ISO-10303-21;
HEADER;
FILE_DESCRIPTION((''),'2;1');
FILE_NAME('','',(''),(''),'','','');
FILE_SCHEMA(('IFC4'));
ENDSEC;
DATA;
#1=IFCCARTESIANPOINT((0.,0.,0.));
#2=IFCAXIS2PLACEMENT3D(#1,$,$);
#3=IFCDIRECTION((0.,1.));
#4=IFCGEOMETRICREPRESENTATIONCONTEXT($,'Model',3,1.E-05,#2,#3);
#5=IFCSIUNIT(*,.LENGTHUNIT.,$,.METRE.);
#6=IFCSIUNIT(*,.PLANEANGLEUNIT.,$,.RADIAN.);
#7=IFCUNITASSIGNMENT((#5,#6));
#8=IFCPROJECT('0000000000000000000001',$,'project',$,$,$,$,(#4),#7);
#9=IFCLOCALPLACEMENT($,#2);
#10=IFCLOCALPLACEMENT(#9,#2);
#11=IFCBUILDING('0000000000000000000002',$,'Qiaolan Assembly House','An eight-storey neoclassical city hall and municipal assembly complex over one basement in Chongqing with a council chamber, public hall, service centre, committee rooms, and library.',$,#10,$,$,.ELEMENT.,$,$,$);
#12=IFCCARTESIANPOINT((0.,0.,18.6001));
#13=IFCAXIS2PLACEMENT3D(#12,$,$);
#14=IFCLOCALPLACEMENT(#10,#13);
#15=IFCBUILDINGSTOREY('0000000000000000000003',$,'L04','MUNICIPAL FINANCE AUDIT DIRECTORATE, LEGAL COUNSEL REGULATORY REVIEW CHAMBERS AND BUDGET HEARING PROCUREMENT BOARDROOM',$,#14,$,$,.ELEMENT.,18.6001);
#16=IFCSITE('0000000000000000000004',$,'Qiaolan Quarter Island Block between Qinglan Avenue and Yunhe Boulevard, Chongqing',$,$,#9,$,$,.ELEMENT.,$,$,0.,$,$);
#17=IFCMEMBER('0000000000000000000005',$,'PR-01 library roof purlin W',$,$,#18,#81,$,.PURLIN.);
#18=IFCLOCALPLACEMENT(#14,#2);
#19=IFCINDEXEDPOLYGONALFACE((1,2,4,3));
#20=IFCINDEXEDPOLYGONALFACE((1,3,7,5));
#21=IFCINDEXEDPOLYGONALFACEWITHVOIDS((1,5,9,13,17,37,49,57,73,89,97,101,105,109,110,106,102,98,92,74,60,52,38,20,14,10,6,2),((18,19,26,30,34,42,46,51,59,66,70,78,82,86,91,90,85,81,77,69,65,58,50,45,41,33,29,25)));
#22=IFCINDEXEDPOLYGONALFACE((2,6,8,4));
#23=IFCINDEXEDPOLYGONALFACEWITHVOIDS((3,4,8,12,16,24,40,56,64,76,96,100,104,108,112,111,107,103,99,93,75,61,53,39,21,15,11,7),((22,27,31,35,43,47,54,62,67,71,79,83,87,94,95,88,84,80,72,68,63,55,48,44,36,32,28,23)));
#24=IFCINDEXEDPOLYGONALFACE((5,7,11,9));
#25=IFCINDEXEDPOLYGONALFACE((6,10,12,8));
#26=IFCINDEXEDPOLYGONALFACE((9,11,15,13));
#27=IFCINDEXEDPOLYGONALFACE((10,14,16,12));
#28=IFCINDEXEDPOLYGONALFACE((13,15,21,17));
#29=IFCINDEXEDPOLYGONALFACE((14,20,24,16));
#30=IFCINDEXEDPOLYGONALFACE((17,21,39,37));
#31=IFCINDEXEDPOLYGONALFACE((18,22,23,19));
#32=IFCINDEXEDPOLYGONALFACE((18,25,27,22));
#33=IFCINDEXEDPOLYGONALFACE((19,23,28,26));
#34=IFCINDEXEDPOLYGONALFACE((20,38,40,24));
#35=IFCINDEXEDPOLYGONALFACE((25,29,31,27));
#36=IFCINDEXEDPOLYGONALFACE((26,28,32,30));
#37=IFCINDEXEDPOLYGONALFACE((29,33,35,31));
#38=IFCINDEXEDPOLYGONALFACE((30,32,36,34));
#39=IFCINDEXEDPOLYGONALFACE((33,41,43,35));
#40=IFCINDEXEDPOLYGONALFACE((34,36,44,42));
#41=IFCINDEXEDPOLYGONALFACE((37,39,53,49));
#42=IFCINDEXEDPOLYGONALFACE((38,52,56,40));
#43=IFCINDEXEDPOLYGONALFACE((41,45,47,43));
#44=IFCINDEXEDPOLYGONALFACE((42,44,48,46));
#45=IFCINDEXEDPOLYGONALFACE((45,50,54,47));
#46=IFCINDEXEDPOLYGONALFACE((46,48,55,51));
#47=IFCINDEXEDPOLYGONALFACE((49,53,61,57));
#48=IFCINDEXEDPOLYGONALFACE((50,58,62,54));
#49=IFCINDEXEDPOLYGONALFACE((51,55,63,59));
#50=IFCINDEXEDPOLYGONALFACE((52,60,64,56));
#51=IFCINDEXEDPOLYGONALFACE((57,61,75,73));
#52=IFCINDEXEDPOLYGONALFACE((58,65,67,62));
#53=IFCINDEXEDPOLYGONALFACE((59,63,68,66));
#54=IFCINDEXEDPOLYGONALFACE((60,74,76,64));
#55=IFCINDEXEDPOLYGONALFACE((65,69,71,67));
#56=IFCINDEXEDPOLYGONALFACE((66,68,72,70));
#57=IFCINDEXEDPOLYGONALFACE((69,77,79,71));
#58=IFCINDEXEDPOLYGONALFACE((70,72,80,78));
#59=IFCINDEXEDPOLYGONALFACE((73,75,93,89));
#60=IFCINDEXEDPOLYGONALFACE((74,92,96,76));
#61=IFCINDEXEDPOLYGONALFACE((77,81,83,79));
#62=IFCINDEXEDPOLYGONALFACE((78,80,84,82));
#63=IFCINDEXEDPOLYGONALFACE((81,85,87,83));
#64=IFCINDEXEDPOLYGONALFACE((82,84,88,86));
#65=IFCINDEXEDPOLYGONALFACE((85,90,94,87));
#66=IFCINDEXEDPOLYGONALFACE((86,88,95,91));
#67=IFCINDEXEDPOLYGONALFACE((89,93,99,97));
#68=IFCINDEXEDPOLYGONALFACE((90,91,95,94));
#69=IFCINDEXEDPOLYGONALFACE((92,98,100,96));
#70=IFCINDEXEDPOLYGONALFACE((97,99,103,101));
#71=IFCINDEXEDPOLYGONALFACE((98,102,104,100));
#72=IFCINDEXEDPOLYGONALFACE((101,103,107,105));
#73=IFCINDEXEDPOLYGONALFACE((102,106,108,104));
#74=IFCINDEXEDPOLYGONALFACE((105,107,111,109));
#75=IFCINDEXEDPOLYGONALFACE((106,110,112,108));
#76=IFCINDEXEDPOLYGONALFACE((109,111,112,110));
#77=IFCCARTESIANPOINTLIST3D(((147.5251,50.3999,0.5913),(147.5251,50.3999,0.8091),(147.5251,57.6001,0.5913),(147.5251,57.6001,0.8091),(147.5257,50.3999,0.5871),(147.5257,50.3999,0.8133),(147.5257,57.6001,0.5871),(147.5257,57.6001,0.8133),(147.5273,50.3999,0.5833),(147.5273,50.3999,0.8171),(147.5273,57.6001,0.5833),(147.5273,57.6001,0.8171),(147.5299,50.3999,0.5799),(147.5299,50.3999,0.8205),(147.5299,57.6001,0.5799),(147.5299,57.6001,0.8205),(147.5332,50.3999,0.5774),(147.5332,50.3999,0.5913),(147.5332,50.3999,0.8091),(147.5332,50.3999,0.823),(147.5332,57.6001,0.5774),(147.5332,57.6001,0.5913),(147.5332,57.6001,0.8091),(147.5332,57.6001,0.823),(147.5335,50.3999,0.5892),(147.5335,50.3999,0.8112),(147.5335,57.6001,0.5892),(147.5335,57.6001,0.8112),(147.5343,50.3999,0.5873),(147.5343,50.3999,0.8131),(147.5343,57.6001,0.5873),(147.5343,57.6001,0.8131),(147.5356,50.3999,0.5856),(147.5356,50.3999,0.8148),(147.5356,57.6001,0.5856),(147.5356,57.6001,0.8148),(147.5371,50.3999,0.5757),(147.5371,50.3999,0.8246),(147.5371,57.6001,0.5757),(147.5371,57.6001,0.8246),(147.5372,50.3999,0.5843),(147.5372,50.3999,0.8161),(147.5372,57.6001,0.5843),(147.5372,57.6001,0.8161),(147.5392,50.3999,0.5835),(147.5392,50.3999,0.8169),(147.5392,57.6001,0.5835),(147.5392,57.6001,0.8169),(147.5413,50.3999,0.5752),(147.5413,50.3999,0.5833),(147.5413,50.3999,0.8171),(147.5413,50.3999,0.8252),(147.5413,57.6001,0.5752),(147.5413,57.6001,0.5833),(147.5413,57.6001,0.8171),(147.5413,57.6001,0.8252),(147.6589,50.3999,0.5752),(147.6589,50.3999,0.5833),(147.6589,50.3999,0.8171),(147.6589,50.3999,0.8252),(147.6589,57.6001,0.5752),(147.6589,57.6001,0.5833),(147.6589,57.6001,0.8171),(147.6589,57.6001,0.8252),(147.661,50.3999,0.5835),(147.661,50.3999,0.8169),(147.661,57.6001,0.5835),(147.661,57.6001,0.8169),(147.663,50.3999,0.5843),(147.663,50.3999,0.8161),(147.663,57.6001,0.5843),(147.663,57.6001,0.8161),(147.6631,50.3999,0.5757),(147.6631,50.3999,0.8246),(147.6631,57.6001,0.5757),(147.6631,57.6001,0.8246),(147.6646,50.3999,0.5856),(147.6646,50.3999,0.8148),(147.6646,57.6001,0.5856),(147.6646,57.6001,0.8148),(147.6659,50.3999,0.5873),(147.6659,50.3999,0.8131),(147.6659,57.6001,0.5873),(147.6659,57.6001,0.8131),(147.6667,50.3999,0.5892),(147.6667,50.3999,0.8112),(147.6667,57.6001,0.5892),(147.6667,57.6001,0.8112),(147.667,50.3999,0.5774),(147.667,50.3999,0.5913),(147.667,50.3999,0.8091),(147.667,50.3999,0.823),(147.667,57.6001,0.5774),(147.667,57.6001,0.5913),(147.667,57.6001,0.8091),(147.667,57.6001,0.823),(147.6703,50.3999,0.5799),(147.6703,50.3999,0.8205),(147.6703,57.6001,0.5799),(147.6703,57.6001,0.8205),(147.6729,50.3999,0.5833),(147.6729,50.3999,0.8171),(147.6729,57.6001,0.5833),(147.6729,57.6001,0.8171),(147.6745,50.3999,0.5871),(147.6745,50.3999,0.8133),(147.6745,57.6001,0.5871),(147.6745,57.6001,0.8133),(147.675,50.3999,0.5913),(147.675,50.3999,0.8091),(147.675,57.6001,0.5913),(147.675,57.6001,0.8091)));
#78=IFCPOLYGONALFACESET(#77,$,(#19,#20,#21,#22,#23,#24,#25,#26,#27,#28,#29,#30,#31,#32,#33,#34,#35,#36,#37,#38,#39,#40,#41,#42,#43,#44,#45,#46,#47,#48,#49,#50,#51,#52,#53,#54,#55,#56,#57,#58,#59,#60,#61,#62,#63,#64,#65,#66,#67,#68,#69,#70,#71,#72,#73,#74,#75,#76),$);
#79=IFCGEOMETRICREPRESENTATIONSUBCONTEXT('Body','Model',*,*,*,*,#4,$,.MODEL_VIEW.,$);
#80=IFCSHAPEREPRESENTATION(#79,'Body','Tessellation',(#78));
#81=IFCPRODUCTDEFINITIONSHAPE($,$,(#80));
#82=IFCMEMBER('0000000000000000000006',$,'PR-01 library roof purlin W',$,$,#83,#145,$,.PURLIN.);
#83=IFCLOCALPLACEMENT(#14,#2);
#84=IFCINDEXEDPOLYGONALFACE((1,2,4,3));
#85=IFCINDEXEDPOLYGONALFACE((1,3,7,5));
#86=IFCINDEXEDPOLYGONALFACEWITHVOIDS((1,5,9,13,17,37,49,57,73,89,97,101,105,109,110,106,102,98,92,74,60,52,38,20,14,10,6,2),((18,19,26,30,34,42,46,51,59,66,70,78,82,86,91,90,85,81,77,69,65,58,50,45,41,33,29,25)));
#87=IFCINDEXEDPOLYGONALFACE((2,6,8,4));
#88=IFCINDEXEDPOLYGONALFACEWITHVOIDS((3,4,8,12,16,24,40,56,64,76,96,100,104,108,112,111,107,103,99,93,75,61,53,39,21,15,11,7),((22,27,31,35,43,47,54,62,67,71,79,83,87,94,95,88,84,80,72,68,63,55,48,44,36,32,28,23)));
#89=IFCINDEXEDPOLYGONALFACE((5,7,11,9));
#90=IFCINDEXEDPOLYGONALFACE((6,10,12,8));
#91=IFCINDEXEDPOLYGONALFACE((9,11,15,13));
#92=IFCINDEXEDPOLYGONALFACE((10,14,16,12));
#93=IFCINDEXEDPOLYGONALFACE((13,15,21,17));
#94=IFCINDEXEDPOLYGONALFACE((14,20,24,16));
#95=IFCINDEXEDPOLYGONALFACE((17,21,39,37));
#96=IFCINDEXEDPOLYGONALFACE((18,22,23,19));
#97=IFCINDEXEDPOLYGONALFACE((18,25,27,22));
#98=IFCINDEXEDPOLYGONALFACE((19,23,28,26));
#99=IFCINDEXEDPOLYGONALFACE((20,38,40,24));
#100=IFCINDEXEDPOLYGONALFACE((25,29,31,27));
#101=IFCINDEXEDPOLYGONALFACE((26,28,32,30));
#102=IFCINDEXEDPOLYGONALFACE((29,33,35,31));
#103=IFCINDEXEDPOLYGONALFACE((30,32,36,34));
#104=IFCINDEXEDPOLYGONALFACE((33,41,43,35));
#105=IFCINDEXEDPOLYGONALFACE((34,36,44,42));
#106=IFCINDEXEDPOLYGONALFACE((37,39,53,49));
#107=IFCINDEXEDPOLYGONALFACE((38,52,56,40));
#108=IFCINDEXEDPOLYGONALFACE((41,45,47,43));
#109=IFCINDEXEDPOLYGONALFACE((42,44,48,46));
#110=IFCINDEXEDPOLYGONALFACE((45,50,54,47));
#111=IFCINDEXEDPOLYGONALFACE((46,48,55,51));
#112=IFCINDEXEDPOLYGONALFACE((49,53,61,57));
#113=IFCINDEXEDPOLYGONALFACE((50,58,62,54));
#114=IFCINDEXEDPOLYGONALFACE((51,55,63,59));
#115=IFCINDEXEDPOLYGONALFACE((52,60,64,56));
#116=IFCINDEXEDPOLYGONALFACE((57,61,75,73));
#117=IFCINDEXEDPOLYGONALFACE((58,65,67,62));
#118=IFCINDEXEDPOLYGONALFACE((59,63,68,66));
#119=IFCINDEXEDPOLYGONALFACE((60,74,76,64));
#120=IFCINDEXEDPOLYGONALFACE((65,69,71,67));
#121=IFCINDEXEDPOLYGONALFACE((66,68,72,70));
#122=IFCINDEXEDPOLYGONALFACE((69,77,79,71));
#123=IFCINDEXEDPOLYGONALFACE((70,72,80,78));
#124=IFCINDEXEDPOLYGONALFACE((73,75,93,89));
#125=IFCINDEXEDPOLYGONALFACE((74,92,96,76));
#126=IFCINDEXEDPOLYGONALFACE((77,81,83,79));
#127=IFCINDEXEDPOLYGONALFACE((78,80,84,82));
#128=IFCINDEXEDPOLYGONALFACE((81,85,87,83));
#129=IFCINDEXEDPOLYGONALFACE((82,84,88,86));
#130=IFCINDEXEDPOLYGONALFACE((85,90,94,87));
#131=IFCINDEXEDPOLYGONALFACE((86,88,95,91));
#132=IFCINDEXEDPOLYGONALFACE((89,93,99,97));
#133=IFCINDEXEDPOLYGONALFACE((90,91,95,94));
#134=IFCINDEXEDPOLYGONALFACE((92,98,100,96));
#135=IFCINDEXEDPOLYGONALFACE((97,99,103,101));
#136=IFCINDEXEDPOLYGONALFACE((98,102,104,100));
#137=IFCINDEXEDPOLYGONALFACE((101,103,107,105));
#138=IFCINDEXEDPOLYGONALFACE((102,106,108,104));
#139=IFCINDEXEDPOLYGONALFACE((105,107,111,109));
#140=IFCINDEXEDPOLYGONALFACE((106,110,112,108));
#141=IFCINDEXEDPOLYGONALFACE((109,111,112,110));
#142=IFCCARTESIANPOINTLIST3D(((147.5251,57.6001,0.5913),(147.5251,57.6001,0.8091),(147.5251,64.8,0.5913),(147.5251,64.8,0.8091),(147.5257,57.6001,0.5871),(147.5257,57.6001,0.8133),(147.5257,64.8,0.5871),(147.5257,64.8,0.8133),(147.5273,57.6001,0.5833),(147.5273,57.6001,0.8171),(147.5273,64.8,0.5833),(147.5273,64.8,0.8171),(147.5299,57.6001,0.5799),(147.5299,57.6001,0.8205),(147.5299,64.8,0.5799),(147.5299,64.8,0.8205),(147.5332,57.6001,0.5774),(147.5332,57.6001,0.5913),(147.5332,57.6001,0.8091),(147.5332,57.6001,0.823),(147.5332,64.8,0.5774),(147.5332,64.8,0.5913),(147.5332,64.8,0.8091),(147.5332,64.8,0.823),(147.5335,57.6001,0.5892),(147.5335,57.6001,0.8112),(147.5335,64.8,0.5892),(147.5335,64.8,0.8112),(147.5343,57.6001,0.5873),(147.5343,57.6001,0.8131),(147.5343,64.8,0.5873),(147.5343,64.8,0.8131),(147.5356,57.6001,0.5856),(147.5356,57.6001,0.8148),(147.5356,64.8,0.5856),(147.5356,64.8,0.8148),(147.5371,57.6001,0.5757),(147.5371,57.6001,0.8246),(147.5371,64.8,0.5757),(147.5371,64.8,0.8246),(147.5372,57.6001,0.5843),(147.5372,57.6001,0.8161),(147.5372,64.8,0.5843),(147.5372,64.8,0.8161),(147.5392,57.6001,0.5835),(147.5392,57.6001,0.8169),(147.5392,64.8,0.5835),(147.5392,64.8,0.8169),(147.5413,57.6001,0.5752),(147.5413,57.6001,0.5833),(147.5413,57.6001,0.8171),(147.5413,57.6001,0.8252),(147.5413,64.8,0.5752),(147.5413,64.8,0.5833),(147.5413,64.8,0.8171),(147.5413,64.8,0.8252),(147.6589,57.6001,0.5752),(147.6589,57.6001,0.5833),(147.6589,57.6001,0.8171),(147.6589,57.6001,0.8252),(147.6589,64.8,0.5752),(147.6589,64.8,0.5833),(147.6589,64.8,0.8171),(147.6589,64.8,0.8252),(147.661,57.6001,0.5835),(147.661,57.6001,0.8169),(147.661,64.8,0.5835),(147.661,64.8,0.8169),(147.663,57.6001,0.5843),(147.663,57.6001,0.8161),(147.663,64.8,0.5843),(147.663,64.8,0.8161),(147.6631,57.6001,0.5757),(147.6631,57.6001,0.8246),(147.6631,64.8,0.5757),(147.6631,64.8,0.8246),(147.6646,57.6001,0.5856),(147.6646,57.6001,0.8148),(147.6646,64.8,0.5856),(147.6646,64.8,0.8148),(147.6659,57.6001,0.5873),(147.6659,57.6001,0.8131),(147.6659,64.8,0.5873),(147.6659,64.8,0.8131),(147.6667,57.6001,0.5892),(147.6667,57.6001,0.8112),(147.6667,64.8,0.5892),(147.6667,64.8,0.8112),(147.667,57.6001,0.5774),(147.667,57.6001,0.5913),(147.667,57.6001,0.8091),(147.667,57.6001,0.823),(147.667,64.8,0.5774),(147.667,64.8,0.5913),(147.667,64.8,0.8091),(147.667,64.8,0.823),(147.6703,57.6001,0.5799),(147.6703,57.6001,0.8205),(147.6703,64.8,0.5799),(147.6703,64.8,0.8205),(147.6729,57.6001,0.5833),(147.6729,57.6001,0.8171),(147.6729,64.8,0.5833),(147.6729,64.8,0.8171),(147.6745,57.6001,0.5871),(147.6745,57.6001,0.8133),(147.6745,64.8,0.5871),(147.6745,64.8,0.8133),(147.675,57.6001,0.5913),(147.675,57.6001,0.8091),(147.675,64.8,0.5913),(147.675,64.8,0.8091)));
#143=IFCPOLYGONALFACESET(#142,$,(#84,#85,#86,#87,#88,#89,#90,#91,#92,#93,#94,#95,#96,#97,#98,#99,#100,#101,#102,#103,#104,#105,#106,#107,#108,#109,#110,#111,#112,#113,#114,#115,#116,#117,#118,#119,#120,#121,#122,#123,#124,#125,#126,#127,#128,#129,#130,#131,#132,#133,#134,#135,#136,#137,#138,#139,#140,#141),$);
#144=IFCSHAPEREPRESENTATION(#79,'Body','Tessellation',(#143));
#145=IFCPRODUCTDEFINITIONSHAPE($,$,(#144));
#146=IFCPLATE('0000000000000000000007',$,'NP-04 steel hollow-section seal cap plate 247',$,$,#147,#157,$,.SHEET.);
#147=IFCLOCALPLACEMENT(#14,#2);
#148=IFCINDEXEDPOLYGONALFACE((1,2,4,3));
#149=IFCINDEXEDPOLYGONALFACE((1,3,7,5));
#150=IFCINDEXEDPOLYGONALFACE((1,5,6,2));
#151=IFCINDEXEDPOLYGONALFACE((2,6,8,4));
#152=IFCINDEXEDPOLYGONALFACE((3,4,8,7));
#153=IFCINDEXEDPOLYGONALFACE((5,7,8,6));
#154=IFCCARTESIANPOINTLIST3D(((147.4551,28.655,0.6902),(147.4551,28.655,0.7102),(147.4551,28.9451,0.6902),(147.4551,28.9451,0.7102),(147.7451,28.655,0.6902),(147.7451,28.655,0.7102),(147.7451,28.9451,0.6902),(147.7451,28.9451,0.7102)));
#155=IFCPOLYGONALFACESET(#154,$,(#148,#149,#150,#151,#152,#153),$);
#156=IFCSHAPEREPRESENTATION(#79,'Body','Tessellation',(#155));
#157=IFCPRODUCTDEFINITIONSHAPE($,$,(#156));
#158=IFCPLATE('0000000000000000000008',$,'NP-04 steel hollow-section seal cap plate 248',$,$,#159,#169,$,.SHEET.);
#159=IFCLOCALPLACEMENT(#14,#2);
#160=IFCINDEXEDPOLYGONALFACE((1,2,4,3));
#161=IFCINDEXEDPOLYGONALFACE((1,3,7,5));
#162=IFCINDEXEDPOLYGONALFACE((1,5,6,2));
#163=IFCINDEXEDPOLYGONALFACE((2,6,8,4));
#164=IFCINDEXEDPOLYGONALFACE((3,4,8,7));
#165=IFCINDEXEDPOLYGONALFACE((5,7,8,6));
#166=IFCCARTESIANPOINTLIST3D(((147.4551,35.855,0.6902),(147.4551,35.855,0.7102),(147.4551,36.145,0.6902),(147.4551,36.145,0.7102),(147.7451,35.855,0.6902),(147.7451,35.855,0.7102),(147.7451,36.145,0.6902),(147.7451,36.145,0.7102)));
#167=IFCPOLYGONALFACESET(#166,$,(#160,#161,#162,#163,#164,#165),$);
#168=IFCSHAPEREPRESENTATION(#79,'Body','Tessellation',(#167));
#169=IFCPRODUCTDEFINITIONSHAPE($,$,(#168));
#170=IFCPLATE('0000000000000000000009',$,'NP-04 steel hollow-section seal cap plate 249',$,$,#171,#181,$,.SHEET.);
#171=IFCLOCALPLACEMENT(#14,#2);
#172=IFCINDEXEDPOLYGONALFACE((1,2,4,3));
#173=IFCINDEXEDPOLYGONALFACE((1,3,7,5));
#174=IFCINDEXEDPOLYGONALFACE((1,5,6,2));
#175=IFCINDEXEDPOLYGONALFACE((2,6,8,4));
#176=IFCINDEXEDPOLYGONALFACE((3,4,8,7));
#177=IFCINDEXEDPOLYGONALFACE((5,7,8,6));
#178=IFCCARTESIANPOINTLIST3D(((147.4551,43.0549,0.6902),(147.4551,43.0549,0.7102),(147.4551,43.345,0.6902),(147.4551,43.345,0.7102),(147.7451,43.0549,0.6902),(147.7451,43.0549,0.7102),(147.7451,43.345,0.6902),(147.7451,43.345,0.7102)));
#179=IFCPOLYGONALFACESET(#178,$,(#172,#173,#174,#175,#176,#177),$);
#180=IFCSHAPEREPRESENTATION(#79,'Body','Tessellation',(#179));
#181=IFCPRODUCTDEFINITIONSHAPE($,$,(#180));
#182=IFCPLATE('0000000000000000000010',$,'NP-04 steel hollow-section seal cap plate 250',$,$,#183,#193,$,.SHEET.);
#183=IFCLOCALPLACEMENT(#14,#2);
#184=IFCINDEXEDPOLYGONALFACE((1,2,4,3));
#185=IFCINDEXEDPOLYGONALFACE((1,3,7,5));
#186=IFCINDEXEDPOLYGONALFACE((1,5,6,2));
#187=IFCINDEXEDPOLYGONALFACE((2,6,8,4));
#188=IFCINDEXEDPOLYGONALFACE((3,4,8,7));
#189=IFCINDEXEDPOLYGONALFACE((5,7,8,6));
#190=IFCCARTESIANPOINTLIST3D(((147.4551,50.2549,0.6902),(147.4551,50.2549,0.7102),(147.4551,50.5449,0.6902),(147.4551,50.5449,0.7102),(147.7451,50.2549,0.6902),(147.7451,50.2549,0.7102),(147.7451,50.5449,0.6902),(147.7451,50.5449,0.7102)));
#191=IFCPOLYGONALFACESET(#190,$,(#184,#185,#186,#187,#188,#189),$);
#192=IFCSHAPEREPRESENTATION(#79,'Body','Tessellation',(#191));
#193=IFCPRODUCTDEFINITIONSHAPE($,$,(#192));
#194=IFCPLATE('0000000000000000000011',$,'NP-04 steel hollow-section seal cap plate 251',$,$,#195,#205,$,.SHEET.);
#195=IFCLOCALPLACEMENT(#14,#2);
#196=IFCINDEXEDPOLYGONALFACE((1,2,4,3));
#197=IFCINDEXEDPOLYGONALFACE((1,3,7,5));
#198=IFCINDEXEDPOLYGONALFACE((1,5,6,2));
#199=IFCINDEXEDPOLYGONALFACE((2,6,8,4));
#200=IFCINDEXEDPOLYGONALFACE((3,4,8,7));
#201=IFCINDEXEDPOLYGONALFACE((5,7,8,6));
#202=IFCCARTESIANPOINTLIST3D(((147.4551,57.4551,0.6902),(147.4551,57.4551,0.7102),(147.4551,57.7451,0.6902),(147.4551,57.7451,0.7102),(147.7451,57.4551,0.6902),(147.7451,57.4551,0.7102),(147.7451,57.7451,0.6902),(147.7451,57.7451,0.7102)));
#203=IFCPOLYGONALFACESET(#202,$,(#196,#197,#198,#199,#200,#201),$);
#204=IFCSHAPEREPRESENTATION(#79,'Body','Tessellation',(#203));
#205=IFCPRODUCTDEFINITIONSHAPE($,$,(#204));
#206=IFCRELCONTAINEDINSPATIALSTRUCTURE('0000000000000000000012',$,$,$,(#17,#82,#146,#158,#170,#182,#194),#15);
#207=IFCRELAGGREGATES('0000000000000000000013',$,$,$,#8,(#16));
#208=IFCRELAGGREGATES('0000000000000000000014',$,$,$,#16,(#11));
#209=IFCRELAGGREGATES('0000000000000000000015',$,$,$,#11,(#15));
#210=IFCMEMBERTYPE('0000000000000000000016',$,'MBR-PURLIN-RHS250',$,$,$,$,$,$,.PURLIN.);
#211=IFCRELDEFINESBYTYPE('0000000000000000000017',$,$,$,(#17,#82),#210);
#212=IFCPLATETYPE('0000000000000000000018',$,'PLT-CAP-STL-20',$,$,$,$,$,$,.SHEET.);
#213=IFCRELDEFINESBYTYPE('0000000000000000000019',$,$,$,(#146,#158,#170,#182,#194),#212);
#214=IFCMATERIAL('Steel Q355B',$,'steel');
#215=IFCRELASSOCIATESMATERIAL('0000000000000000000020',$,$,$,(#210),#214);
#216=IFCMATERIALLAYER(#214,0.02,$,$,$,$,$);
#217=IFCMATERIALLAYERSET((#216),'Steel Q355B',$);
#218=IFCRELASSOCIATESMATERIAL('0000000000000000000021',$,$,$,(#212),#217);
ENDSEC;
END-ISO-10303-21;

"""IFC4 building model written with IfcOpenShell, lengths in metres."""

from ifc_helpers import new_model, si_unit, direction, frame, origin, origin_2d, place, context, subcontext, project, spatial, rectangle, hollow_rectangle, extrude, material, layer, layer_set, material_profile, profile_set, type_object, element, save


model = new_model("IFC4")

# Units and contexts
model_context = context("Model", 3, precision=1e-05, world=origin(), true_north=direction((0.0, 1.0)))
body_context = subcontext(model_context, "Body", "Model", "MODEL_VIEW")
ifc_project = project(units=[si_unit("LENGTHUNIT", "METRE"), si_unit("PLANEANGLEUNIT", "RADIAN")], contexts=[model_context])

# Site, building, storey
site_placement = place(None, origin())
site = spatial("IfcSite", under=ifc_project, at=site_placement, Name="Qiaolan Quarter Island Block between Qinglan Avenue and Yunhe Boulevard, Chongqing", CompositionType="ELEMENT", RefElevation=0.0)
building_placement = place(site_placement, origin())
building = spatial("IfcBuilding", under=site, at=building_placement, Name="Qiaolan Assembly House", Description="An eight-storey neoclassical city hall and municipal assembly complex over one basement in Chongqing with a council chamber, public hall, service centre, committee rooms, and library.", CompositionType="ELEMENT")
storey_placement = place(building_placement, frame((0.0, 0.0, 18.6001)))
storey = spatial("IfcBuildingStorey", under=building, at=storey_placement, Name="L04", Description="MUNICIPAL FINANCE AUDIT DIRECTORATE, LEGAL COUNSEL REGULATORY REVIEW CHAMBERS AND BUDGET HEARING PROCUREMENT BOARDROOM", CompositionType="ELEMENT", Elevation=18.6001)

# Shared definitions
ifc_material = material(Name="Steel Q355B", Category="steel")

# Members
ifc_material_profile_1 = material_profile(ifc_material, hollow_rectangle(XDim=0.1499, YDim=0.25, WallThickness=0.0081, InnerFilletRadius=0.0081, OuterFilletRadius=0.0161, at=origin_2d()), Name="RHS 250x150x8")
ifc_profile_set_1 = profile_set([ifc_material_profile_1], Name="Steel Q355B")
member_type = type_object("IfcMemberType", Name="MBR-PURLIN-RHS250", PredefinedType="PURLIN", material=ifc_profile_set_1)
member_1_placement = place(storey_placement, frame((147.6001, 50.3999, 0.7002), z_axis=(0.0, 1.0, 0.0), x_axis=(-1.0, 0.0, 0.0)))
element("IfcMember", 1, at=member_1_placement, inside=storey, type_object=member_type, Name="PR-01 library roof purlin W", PredefinedType="PURLIN", context=body_context, shape_type="SweptSolid", body=[
    extrude(hollow_rectangle(XDim=0.1499, YDim=0.25, WallThickness=0.0081, InnerFilletRadius=0.0081, OuterFilletRadius=0.0161, at=origin_2d()), origin(), (0.0, 0.0, 1.0), 7.2002),
])
member_2_placement = place(storey_placement, frame((147.6001, 57.6001, 0.7002), z_axis=(0.0, 1.0, 0.0), x_axis=(-1.0, 0.0, 0.0)))
element("IfcMember", 2, at=member_2_placement, inside=storey, type_object=member_type, Name="PR-01 library roof purlin W", PredefinedType="PURLIN", context=body_context, shape_type="SweptSolid", body=[
    extrude(hollow_rectangle(XDim=0.1499, YDim=0.25, WallThickness=0.0081, InnerFilletRadius=0.0081, OuterFilletRadius=0.0161, at=origin_2d()), origin(), (0.0, 0.0, 1.0), 7.2),
])

# Plates
ifc_layer = layer(ifc_material, 0.02)
ifc_layer_set = layer_set([ifc_layer], Name="Steel Q355B")
plate_type = type_object("IfcPlateType", Name="PLT-CAP-STL-20", PredefinedType="SHEET", material=ifc_layer_set)
for number, where, z_axis, x_axis, name in (
    (3, (147.6001, 28.8, 0.6902), (0.0, 0.0, 1.0), (1.0, 0.0, 0.0), "NP-04 steel hollow-section seal cap plate 247"),
    (4, (147.6001, 36.0, 0.6902), (0.0, 0.0, 1.0), (1.0, 0.0, 0.0), "NP-04 steel hollow-section seal cap plate 248"),
    (5, (147.6001, 43.2, 0.6902), (0.0, 0.0, 1.0), (1.0, 0.0, 0.0), "NP-04 steel hollow-section seal cap plate 249"),
    (6, (147.6001, 50.3999, 0.6902), (0.0, 0.0, 1.0), (1.0, 0.0, 0.0), "NP-04 steel hollow-section seal cap plate 250"),
    (7, (147.6001, 57.6001, 0.6902), (0.0, 0.0, 1.0), (1.0, 0.0, 0.0), "NP-04 steel hollow-section seal cap plate 251"),
):
    element("IfcPlate", number, at=place(storey_placement, frame(where, z_axis=z_axis, x_axis=x_axis)), inside=storey, type_object=plate_type, Name=name, PredefinedType="SHEET", context=body_context, shape_type="SweptSolid", body=[
        extrude(rectangle(XDim=0.29, YDim=0.29, at=origin_2d()), origin(), (0.0, 0.0, 1.0), 0.02),
    ])

save(model, "model.ifc")
